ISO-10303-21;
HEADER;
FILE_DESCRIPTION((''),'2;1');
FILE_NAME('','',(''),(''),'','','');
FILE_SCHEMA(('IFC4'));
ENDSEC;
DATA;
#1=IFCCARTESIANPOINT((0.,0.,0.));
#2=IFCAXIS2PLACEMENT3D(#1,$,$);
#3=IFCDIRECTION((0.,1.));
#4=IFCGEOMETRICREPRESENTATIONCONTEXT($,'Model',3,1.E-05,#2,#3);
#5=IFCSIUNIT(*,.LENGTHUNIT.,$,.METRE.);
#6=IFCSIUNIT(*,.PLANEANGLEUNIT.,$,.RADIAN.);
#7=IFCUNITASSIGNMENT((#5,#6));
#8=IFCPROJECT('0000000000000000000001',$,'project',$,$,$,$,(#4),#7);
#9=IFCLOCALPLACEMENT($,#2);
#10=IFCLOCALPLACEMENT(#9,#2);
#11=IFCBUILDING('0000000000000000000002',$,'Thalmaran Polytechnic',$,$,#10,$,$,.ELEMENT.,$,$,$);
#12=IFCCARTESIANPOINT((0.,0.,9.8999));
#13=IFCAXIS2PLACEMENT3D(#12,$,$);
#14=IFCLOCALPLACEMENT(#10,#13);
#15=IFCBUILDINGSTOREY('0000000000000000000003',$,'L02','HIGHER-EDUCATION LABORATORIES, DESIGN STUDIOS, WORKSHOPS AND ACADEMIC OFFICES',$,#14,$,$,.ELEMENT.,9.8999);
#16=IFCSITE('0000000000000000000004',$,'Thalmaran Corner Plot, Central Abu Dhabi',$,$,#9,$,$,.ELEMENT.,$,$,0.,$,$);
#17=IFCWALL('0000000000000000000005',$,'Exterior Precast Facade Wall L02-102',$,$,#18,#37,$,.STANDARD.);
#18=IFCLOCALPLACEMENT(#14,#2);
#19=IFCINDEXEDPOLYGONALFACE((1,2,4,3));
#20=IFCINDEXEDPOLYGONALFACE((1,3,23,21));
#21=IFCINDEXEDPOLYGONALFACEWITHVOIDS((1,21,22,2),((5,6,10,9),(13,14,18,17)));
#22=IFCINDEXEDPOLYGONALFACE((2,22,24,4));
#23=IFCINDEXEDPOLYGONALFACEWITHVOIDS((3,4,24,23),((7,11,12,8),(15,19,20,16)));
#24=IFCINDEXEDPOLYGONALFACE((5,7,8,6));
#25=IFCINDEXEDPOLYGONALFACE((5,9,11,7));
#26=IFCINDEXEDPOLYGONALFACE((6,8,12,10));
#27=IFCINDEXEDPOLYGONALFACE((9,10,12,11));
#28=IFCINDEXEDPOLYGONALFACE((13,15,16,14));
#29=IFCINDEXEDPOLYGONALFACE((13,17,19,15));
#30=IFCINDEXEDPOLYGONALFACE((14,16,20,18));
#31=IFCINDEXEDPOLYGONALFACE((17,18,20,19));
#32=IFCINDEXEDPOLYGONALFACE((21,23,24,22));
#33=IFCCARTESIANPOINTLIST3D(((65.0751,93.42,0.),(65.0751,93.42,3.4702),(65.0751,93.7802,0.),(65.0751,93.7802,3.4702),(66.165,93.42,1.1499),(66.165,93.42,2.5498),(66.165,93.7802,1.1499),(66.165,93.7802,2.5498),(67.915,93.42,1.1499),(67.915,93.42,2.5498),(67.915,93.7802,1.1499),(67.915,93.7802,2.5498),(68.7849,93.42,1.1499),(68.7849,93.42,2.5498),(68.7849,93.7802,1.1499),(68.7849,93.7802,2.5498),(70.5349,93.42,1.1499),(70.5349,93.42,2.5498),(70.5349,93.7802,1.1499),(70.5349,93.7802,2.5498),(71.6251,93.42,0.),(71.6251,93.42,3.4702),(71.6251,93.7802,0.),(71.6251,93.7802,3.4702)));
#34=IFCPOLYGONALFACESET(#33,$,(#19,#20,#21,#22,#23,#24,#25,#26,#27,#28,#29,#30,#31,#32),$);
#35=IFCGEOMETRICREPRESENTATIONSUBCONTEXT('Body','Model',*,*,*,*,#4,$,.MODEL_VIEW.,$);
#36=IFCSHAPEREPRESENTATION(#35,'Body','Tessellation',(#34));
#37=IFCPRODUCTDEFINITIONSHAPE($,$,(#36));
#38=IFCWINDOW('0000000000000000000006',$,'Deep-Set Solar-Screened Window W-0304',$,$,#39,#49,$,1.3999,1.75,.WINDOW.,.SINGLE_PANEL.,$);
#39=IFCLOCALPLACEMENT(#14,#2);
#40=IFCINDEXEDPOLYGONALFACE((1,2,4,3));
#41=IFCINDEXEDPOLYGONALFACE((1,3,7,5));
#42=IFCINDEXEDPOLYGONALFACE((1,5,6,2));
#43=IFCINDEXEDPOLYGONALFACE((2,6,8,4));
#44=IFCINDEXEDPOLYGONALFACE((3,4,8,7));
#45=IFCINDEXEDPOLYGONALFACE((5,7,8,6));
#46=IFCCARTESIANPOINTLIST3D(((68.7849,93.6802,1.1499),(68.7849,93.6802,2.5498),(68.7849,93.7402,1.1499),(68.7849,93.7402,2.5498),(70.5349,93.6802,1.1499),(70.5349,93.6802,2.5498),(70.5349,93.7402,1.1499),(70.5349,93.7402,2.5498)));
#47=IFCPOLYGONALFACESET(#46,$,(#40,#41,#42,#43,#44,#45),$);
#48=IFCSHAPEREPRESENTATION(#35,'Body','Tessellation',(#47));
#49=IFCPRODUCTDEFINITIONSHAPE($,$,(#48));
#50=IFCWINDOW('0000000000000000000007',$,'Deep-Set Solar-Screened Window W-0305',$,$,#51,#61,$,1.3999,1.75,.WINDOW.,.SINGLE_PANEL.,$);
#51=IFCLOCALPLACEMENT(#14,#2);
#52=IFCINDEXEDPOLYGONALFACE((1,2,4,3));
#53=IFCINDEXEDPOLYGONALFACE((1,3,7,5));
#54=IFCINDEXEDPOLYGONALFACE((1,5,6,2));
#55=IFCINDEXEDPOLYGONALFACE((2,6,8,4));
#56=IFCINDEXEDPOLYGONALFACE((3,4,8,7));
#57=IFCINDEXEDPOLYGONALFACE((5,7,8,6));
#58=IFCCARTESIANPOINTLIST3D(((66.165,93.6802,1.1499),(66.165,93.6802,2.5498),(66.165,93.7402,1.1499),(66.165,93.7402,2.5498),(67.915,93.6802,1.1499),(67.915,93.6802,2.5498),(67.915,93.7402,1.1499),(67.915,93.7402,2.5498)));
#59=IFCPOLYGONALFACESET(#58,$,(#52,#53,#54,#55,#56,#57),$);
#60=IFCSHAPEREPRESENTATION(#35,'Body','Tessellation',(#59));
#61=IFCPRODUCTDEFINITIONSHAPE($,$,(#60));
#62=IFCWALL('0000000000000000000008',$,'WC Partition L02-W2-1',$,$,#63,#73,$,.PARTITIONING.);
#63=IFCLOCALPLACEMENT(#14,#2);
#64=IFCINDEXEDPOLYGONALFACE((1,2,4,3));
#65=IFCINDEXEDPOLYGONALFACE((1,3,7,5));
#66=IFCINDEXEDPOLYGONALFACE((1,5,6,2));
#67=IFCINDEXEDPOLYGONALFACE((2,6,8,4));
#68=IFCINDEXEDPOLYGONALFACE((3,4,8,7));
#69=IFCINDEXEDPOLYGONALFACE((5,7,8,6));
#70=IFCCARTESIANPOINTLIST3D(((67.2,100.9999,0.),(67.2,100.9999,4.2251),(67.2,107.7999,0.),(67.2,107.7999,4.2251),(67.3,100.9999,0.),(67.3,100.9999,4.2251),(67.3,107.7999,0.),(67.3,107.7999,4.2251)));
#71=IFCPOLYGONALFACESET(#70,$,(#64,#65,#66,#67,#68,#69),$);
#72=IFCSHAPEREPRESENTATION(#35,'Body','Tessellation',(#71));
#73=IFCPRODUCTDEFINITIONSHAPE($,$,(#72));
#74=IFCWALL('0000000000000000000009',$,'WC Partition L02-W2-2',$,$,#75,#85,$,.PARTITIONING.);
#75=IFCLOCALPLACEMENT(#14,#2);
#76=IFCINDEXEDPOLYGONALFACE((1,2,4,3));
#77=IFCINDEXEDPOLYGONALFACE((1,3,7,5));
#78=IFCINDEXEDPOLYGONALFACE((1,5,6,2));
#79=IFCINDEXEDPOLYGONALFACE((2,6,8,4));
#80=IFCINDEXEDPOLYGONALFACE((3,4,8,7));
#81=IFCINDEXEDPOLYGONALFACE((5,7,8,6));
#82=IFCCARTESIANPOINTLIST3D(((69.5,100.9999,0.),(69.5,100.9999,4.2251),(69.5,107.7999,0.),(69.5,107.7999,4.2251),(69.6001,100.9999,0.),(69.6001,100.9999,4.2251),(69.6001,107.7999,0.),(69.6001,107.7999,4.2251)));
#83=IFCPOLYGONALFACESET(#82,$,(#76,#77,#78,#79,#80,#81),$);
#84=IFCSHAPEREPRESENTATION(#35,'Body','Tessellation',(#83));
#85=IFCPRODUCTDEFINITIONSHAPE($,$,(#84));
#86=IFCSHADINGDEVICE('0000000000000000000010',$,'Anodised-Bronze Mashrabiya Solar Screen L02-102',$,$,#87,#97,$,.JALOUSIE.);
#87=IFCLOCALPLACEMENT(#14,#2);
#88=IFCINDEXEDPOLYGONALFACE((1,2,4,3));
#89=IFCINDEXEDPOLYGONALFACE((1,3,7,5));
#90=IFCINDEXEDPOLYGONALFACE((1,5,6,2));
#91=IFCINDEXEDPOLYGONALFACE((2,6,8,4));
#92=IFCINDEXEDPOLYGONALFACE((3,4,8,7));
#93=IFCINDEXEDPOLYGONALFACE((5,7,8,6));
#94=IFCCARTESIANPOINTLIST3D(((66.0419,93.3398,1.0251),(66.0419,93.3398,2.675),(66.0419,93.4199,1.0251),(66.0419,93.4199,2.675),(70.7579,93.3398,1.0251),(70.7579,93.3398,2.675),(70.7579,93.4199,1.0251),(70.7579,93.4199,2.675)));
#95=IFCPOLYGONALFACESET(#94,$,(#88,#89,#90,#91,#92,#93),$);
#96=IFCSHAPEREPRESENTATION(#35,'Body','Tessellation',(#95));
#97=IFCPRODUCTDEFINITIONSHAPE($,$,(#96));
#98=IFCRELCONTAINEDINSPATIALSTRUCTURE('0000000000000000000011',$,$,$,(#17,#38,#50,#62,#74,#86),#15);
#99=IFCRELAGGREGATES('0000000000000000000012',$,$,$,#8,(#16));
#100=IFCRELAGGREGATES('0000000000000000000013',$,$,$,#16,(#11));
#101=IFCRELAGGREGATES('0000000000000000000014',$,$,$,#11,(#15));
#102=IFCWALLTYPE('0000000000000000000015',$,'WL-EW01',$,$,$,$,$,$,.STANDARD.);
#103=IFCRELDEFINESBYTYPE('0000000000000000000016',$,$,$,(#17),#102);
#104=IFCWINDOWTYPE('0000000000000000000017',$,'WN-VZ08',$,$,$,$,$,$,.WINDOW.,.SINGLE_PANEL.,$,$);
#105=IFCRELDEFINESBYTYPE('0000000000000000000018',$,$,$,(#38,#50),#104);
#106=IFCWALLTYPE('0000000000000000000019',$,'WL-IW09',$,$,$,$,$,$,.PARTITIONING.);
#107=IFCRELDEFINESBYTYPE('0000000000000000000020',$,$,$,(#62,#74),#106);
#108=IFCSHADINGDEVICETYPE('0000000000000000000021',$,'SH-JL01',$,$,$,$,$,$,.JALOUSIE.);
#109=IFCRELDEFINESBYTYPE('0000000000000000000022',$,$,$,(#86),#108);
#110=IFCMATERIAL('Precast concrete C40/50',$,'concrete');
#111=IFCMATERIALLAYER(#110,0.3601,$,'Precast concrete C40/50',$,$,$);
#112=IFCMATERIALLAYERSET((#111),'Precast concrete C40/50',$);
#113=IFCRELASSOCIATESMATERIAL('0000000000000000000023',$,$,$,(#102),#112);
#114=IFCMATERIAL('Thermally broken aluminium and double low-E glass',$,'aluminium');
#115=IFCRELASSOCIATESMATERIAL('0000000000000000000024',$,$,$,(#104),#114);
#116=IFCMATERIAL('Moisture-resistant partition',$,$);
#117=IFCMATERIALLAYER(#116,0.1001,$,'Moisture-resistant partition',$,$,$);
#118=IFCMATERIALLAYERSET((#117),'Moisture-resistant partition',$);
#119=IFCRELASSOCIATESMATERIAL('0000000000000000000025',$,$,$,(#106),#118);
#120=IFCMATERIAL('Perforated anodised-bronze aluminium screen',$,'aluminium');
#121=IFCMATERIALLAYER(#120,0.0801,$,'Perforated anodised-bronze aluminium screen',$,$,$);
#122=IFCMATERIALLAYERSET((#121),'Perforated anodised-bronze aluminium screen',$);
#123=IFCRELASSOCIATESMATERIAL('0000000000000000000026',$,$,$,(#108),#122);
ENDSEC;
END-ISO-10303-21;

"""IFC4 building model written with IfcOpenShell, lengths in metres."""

from ifc_helpers import new_model, si_unit, direction, frame, frame_2d, origin, origin_2d, place, context, subcontext, project, spatial, rectangle, extrude, material, layer, layer_set, type_object, element, fill, save


model = new_model("IFC4")

# Units and contexts
model_context = context("Model", 3, precision=1e-05, world=origin(), true_north=direction((0.0, 1.0)))
body_context = subcontext(model_context, "Body", "Model", "MODEL_VIEW")
ifc_project = project(units=[si_unit("LENGTHUNIT", "METRE"), si_unit("PLANEANGLEUNIT", "RADIAN")], contexts=[model_context])

# Site, building, storey
site_placement = place(None, origin())
site = spatial("IfcSite", under=ifc_project, at=site_placement, Name="Thalmaran Corner Plot, Central Abu Dhabi", CompositionType="ELEMENT", RefElevation=0.0)
building_placement = place(site_placement, origin())
building = spatial("IfcBuilding", under=site, at=building_placement, Name="Thalmaran Polytechnic", CompositionType="ELEMENT")
storey_placement = place(building_placement, frame((0.0, 0.0, 9.8999)))
storey = spatial("IfcBuildingStorey", under=building, at=storey_placement, Name="L02", Description="HIGHER-EDUCATION LABORATORIES, DESIGN STUDIOS, WORKSHOPS AND ACADEMIC OFFICES", CompositionType="ELEMENT", Elevation=9.8999)

# Wall, openings, windows
ifc_material_1 = material(Name="Precast concrete C40/50", Category="concrete")
ifc_layer_1 = layer(ifc_material_1, 0.3601, Name="Precast concrete C40/50")
ifc_layer_set_1 = layer_set([ifc_layer_1], Name="Precast concrete C40/50")
wall_type_1 = type_object("IfcWallType", Name="WL-EW01", PredefinedType="STANDARD", material=ifc_layer_set_1)
wall_placement = place(storey_placement, frame((71.625, 93.6001, 0.0), z_axis=(0.0, 0.0, 1.0), x_axis=(-1.0, 0.0, 0.0)))
wall = element("IfcWall", 1, at=wall_placement, inside=storey, type_object=wall_type_1, Name="Exterior Precast Facade Wall L02-102", PredefinedType="STANDARD", context=body_context, shape_type="SweptSolid", body=[
    extrude(rectangle(XDim=6.55, YDim=0.3601, at=frame_2d((3.2749, 0.0))), origin(), (0.0, 0.0, 1.0), 3.4702),
])
opening_1_placement = place(wall_placement, frame((1.0901, 0.0, 1.1499)))
opening_1 = element("IfcOpeningElement", 2, at=opening_1_placement, cuts=wall, PredefinedType="OPENING", context=body_context, shape_type="SweptSolid", body=[
    extrude(rectangle(XDim=1.75, YDim=1.3999, at=frame_2d((0.875, 0.7))), frame((0.0, 0.1899, 0.0), z_axis=(0.0, -1.0, 0.0), x_axis=(1.0, 0.0, 0.0)), (0.0, 0.0, 1.0), 0.3801),
])
opening_2_placement = place(wall_placement, frame((3.71, 0.0, 1.1499)))
opening_2 = element("IfcOpeningElement", 3, at=opening_2_placement, cuts=wall, PredefinedType="OPENING", context=body_context, shape_type="SweptSolid", body=[
    extrude(rectangle(XDim=1.75, YDim=1.3999, at=frame_2d((0.875, 0.7))), frame((0.0, 0.1899, 0.0), z_axis=(0.0, -1.0, 0.0), x_axis=(1.0, 0.0, 0.0)), (0.0, 0.0, 1.0), 0.3801),
])
ifc_material_2 = material(Name="Thermally broken aluminium and double low-E glass", Category="aluminium")
window_type = type_object("IfcWindowType", Name="WN-VZ08", PartitioningType="SINGLE_PANEL", PredefinedType="WINDOW", material=ifc_material_2)
window_1_placement = place(opening_1_placement, origin())
window_1 = element("IfcWindow", 4, at=window_1_placement, inside=storey, type_object=window_type, Name="Deep-Set Solar-Screened Window W-0304", OverallHeight=1.3999, OverallWidth=1.75, PartitioningType="SINGLE_PANEL", PredefinedType="WINDOW", context=body_context, shape_type="SweptSolid", body=[
    extrude(rectangle(XDim=1.75, YDim=1.3999, at=frame_2d((0.875, 0.7))), frame((0.0, -0.0801, 0.0), z_axis=(0.0, -1.0, 0.0), x_axis=(1.0, 0.0, 0.0)), (0.0, 0.0, 1.0), 0.0601),
])
fill(opening_1, window_1)
window_2_placement = place(opening_2_placement, origin())
window_2 = element("IfcWindow", 5, at=window_2_placement, inside=storey, type_object=window_type, Name="Deep-Set Solar-Screened Window W-0305", OverallHeight=1.3999, OverallWidth=1.75, PartitioningType="SINGLE_PANEL", PredefinedType="WINDOW", context=body_context, shape_type="SweptSolid", body=[
    extrude(rectangle(XDim=1.75, YDim=1.3999, at=frame_2d((0.875, 0.7))), frame((0.0, -0.0801, 0.0), z_axis=(0.0, -1.0, 0.0), x_axis=(1.0, 0.0, 0.0)), (0.0, 0.0, 1.0), 0.0601),
])
fill(opening_2, window_2)

# Walls
ifc_material_3 = material(Name="Moisture-resistant partition")
ifc_layer_2 = layer(ifc_material_3, 0.1001, Name="Moisture-resistant partition")
ifc_layer_set_2 = layer_set([ifc_layer_2], Name="Moisture-resistant partition")
wall_type_2 = type_object("IfcWallType", Name="WL-IW09", PredefinedType="PARTITIONING", material=ifc_layer_set_2)
for number, where, z_axis, x_axis, name in (
    (6, (67.25, 101.0, 0.0), (0.0, 0.0, 1.0), (0.0, 1.0, 0.0), "WC Partition L02-W2-1"),
    (7, (69.55, 101.0, 0.0), (0.0, 0.0, 1.0), (0.0, 1.0, 0.0), "WC Partition L02-W2-2"),
):
    element("IfcWall", number, at=place(storey_placement, frame(where, z_axis=z_axis, x_axis=x_axis)), inside=storey, type_object=wall_type_2, Name=name, PredefinedType="PARTITIONING", context=body_context, shape_type="SweptSolid", body=[
        extrude(rectangle(XDim=6.8, YDim=0.1001, at=frame_2d((3.3999, 0.0))), origin(), (0.0, 0.0, 1.0), 4.2251),
    ])

# Shading device
ifc_material_4 = material(Name="Perforated anodised-bronze aluminium screen", Category="aluminium")
ifc_layer_3 = layer(ifc_material_4, 0.0801, Name="Perforated anodised-bronze aluminium screen")
ifc_layer_set_3 = layer_set([ifc_layer_3], Name="Perforated anodised-bronze aluminium screen")
shading_device_type = type_object("IfcShadingDeviceType", Name="SH-JL01", PredefinedType="JALOUSIE", material=ifc_layer_set_3)
shading_device_placement = place(storey_placement, frame((68.3999, 93.3799, 1.0251), z_axis=(0.0, 0.0, 1.0), x_axis=(-1.0, 0.0, 0.0)))
element("IfcShadingDevice", 8, at=shading_device_placement, inside=storey, type_object=shading_device_type, Name="Anodised-Bronze Mashrabiya Solar Screen L02-102", PredefinedType="JALOUSIE", context=body_context, shape_type="SweptSolid", body=[
    extrude(rectangle(XDim=4.7161, YDim=0.0801, at=origin_2d()), origin(), (0.0, 0.0, 1.0), 1.6499),
])

save(model, "model.ifc")
